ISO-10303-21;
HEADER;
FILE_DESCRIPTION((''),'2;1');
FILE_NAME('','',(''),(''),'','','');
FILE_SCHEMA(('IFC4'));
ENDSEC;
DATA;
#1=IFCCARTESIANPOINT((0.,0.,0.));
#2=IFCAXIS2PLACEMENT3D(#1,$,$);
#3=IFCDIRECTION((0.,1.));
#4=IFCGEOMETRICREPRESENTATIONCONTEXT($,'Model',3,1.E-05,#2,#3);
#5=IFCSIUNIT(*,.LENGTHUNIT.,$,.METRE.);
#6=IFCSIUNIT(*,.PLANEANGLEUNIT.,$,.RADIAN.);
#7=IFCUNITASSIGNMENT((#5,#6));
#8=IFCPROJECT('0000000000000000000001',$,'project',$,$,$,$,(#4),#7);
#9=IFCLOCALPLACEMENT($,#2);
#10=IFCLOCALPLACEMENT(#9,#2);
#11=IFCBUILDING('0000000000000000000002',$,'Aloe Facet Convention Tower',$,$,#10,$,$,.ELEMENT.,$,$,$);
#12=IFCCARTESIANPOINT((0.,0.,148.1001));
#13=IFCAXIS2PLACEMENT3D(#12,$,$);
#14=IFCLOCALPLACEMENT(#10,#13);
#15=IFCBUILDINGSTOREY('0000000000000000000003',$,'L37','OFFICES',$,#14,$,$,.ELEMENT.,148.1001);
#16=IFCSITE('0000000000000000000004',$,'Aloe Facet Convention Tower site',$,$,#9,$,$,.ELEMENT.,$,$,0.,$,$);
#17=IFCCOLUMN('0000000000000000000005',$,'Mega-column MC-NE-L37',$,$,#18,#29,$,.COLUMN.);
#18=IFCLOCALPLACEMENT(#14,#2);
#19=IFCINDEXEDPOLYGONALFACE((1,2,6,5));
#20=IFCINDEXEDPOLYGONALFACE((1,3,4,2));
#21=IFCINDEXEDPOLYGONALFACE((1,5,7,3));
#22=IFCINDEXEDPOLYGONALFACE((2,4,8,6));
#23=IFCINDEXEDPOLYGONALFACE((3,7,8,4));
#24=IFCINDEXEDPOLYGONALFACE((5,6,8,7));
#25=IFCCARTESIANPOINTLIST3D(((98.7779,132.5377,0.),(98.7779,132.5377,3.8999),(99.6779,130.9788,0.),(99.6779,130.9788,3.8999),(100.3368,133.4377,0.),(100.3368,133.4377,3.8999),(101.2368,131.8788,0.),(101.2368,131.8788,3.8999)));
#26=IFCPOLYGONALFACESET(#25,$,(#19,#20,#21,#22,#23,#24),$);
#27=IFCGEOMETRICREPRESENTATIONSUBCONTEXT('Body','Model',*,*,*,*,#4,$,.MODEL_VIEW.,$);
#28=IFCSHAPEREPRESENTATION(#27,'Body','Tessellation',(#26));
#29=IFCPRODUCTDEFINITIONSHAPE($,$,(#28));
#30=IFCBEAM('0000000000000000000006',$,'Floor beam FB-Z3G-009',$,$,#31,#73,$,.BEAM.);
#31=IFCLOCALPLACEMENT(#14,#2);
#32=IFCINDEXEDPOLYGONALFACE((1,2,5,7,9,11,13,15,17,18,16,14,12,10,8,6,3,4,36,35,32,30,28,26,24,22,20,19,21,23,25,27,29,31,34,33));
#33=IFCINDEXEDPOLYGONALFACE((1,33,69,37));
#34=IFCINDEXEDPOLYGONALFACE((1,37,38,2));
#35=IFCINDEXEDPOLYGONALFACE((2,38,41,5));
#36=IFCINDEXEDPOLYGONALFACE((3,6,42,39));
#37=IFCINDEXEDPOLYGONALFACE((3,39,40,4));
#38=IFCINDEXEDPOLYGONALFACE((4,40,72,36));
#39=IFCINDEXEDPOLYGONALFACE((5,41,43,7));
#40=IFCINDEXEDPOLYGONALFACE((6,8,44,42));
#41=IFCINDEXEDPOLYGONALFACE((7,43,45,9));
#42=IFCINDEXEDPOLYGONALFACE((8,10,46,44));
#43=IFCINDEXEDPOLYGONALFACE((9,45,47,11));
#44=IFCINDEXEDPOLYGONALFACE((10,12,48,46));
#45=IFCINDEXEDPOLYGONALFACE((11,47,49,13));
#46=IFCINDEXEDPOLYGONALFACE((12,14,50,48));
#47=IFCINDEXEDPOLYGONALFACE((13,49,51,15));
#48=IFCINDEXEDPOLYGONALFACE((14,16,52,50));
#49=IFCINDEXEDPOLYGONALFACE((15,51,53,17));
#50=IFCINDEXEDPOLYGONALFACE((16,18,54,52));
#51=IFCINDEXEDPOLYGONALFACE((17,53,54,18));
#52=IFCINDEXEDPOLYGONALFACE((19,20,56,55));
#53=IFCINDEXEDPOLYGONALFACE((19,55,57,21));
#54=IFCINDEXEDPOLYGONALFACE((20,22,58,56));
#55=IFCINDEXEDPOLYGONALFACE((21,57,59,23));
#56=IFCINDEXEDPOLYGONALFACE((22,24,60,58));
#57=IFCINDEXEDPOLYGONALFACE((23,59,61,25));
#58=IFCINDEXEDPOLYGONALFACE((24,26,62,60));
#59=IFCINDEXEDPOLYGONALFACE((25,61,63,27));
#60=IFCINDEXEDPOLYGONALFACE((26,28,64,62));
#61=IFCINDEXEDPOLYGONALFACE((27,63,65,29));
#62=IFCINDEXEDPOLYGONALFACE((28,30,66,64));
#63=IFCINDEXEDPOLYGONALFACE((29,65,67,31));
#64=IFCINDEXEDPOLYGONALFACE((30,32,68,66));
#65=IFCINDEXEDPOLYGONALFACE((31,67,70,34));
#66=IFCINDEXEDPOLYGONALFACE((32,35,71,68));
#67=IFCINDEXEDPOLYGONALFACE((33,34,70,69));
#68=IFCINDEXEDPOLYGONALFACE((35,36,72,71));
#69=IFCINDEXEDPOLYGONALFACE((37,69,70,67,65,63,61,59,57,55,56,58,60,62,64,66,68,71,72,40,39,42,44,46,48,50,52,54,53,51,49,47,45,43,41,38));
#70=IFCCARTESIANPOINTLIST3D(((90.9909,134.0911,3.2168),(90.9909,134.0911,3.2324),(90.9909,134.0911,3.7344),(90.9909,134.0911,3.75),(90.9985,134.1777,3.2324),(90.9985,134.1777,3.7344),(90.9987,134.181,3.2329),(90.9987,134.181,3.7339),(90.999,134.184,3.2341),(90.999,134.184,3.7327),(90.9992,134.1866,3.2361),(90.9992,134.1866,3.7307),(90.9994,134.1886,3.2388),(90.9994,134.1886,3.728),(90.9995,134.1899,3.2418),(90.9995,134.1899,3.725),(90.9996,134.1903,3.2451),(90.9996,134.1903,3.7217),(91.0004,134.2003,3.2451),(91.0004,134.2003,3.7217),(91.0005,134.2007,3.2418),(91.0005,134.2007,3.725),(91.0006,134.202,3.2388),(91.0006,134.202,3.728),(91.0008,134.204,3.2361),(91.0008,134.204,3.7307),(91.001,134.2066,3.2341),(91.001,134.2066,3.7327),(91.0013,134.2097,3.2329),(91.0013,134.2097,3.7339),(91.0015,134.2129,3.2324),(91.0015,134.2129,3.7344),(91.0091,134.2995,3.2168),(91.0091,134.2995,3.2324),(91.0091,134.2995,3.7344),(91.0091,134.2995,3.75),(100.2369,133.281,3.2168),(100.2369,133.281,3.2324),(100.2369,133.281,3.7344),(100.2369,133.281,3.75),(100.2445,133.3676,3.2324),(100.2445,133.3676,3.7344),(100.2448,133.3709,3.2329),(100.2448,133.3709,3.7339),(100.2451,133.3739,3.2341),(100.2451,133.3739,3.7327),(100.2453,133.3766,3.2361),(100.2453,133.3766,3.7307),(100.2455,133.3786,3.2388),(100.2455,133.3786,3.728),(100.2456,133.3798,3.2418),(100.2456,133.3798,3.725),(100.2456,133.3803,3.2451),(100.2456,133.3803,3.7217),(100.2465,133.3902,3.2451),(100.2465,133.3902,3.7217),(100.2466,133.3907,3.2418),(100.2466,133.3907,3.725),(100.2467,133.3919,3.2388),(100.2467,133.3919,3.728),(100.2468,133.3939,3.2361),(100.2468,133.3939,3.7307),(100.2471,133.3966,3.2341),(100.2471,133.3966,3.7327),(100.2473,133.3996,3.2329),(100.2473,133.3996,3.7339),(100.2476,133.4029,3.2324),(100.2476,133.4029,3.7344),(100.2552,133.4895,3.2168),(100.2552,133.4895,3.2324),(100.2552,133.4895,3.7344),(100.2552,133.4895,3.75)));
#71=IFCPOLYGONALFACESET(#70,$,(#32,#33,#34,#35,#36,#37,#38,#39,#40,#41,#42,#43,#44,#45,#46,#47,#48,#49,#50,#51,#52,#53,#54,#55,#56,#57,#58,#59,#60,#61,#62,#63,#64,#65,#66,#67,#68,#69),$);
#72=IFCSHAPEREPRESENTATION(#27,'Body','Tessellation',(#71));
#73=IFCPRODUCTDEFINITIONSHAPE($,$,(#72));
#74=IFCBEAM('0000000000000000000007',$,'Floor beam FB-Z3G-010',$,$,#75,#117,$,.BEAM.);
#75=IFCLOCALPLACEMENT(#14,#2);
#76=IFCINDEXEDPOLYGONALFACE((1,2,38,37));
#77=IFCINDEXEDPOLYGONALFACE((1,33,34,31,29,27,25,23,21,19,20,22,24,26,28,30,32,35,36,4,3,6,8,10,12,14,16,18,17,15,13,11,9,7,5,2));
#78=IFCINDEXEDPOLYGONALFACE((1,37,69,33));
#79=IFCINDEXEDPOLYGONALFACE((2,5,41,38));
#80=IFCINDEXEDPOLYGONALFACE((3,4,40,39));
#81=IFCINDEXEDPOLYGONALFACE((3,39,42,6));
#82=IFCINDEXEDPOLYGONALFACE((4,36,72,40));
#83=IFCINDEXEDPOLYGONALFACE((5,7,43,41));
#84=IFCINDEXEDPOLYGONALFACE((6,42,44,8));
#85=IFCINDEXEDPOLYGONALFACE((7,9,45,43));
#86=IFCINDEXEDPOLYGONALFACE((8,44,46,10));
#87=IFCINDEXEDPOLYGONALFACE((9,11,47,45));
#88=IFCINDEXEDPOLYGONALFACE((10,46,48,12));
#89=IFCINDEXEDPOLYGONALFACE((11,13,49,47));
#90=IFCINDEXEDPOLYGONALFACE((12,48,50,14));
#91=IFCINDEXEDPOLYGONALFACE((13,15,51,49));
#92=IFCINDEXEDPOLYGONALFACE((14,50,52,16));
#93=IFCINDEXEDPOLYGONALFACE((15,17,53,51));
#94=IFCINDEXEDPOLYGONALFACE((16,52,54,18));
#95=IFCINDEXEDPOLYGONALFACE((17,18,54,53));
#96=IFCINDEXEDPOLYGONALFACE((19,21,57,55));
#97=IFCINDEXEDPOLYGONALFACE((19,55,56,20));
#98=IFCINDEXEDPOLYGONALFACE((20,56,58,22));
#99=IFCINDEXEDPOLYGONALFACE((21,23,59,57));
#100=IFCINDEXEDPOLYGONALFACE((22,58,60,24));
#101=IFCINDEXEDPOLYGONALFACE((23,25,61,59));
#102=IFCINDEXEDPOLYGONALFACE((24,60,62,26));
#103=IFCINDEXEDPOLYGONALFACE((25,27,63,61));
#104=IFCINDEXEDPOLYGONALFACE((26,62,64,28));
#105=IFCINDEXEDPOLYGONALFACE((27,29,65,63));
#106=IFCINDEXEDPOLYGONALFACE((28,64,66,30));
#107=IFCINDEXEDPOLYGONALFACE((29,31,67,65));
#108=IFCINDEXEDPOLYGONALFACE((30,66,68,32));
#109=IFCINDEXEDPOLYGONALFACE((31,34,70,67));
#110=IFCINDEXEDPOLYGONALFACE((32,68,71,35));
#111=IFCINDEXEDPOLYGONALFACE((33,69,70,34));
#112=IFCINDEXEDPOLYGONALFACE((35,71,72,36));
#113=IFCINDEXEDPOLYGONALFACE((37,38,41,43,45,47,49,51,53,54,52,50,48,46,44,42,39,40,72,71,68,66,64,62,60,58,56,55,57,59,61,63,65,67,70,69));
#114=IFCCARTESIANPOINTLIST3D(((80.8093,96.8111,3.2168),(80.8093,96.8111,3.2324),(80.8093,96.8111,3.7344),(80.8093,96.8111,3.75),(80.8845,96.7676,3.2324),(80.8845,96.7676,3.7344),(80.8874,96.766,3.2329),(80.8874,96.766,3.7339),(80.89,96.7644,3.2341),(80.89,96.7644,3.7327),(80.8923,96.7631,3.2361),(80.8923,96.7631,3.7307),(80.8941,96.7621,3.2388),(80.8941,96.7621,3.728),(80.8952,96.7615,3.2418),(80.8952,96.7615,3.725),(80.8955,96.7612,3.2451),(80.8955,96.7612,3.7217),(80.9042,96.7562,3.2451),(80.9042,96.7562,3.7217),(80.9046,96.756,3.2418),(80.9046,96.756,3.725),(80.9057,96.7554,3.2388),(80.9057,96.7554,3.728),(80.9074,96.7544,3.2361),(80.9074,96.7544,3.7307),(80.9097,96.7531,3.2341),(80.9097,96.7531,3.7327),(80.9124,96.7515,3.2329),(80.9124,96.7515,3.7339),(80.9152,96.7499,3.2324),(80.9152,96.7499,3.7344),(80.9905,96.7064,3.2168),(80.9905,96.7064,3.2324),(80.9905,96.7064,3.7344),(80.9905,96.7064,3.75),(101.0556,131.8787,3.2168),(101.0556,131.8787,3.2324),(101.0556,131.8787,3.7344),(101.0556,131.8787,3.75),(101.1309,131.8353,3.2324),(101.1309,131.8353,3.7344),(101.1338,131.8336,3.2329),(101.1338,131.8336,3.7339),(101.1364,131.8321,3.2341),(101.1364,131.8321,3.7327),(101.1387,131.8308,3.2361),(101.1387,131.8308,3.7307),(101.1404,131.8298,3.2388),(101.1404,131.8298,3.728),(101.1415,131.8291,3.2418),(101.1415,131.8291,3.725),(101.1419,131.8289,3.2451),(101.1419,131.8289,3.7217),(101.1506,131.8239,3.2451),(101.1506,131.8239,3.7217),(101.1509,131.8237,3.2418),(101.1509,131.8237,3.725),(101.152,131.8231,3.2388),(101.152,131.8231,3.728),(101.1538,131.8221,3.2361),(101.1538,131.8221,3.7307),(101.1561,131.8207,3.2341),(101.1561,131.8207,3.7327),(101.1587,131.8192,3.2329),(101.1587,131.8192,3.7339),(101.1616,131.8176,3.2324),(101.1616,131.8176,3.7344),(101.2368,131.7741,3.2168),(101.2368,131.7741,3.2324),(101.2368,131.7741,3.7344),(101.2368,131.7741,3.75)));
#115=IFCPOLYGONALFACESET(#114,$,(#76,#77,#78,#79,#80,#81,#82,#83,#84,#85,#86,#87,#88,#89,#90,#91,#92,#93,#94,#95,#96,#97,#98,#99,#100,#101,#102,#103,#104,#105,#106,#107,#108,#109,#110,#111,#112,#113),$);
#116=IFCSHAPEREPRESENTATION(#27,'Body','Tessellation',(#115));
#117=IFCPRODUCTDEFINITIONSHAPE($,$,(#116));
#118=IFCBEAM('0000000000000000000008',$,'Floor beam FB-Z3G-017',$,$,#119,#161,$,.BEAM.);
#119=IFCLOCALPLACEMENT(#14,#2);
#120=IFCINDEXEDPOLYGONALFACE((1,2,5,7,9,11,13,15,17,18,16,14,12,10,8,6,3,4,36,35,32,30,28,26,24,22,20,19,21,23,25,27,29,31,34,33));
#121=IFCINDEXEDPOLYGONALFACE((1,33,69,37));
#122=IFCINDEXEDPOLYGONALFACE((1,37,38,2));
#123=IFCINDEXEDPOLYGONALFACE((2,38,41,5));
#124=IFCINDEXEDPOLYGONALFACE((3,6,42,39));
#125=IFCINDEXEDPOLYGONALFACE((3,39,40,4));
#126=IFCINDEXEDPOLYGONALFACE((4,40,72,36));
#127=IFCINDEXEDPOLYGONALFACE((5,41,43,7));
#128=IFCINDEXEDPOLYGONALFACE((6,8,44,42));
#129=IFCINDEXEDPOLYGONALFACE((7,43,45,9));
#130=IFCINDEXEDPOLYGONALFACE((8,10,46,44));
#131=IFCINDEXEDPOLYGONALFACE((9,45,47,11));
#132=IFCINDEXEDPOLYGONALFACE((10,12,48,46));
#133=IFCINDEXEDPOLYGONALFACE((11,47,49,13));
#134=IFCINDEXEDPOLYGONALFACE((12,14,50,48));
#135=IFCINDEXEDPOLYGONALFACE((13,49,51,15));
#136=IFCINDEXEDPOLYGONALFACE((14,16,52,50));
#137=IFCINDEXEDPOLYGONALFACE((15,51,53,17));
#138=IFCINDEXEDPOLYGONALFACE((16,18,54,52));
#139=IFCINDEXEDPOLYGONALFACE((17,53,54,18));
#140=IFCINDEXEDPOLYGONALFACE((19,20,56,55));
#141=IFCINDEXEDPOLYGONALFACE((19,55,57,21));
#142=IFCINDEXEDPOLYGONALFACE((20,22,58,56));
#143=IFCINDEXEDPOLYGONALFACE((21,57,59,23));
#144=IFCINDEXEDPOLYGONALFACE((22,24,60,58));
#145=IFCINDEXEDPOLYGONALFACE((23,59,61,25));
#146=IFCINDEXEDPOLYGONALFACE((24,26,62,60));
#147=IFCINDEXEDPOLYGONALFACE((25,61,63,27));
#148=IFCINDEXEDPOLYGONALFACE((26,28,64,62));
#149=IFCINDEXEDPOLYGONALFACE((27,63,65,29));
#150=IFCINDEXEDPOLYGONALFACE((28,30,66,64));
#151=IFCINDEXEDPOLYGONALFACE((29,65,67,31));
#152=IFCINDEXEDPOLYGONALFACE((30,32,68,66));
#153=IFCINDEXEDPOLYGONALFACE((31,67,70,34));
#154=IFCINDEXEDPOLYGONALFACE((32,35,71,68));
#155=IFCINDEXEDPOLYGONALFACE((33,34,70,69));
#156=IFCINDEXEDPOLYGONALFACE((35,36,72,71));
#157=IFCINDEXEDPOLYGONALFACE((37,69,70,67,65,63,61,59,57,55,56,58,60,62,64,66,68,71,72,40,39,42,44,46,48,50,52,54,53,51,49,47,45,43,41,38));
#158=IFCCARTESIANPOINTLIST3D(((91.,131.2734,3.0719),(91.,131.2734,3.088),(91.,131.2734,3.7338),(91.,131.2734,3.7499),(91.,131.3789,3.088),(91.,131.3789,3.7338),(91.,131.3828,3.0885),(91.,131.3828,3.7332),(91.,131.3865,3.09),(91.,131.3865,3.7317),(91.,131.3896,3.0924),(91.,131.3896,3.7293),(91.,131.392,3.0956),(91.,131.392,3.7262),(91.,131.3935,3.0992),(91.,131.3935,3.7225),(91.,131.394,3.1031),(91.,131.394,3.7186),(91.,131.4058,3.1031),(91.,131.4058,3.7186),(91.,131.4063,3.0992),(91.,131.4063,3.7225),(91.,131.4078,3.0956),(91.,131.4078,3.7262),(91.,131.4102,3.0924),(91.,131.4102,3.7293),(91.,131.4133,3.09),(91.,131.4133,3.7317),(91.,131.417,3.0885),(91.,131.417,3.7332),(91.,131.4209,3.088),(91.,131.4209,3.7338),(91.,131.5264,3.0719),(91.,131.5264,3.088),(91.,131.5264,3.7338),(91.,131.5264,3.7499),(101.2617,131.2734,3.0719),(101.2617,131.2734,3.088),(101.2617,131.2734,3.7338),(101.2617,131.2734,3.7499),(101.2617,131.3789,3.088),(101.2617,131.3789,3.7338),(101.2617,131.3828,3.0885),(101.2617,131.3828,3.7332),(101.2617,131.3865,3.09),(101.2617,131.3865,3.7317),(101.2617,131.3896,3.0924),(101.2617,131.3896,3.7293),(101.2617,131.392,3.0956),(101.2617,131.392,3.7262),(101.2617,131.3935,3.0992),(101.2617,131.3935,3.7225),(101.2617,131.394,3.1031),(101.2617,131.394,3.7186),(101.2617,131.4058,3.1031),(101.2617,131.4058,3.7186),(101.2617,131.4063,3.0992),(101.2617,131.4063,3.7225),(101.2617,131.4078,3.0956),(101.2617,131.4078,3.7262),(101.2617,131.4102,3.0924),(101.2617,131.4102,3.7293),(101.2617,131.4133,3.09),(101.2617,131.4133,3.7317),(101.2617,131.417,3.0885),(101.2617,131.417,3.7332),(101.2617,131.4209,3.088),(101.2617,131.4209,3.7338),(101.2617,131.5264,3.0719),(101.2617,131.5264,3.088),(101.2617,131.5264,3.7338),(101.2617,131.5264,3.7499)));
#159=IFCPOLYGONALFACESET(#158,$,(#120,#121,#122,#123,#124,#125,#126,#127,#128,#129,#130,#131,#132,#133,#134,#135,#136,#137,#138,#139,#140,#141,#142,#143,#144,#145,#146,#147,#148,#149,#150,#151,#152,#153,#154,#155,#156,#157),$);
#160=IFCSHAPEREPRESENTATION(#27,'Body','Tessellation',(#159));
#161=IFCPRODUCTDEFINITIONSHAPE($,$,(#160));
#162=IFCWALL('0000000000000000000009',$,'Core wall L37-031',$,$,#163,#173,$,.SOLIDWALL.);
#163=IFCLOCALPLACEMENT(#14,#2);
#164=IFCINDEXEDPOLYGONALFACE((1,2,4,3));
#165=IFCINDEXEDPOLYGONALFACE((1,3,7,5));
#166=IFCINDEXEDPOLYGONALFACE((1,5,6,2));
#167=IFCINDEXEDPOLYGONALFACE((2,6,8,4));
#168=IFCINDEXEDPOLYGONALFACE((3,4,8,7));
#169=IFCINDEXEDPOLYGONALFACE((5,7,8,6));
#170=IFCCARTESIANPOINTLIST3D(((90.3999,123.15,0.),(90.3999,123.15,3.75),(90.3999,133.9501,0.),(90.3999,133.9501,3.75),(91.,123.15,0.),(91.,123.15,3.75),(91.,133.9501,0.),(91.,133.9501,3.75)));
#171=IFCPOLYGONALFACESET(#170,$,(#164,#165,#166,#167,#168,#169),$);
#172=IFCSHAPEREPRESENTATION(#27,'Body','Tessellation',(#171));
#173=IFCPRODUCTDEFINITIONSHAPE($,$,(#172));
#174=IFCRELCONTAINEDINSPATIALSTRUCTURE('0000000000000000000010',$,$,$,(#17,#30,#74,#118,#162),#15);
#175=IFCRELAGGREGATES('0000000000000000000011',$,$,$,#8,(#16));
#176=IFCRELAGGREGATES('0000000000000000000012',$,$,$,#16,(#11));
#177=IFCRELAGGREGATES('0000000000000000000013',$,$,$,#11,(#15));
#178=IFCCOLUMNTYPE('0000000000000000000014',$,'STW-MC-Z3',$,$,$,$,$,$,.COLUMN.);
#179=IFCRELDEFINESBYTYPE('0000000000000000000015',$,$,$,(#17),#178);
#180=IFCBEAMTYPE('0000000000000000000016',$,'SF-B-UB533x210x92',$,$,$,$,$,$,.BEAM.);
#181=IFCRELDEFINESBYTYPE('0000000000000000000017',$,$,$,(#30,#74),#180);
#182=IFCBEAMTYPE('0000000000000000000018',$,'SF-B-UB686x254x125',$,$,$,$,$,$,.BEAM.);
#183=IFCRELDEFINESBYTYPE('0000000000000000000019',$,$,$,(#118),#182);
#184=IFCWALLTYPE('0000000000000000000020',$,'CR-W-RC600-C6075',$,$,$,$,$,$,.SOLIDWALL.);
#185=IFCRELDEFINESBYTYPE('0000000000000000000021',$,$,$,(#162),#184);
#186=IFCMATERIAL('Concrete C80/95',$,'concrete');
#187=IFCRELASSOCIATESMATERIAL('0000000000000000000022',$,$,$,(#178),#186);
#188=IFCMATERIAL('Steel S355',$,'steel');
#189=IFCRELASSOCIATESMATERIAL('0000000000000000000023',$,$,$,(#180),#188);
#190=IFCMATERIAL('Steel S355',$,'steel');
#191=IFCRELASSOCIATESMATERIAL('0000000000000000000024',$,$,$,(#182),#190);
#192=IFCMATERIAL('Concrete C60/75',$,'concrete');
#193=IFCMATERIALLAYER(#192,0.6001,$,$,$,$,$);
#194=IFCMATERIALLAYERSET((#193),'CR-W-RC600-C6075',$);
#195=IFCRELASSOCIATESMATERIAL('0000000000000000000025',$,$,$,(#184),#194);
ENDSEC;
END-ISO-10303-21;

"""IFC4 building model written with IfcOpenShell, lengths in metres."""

from ifc_helpers import new_model, si_unit, direction, frame, frame_2d, origin, origin_2d, place, context, subcontext, project, spatial, rectangle, i_section, extrude, material, layer, layer_set, material_profile, profile_set, type_object, element, save


model = new_model("IFC4")

# Units and contexts
model_context = context("Model", 3, precision=1e-05, world=origin(), true_north=direction((0.0, 1.0)))
body_context = subcontext(model_context, "Body", "Model", "MODEL_VIEW")
ifc_project = project(units=[si_unit("LENGTHUNIT", "METRE"), si_unit("PLANEANGLEUNIT", "RADIAN")], contexts=[model_context])

# Site, building, storey
site_placement = place(None, origin())
site = spatial("IfcSite", under=ifc_project, at=site_placement, Name="Aloe Facet Convention Tower site", CompositionType="ELEMENT", RefElevation=0.0)
building_placement = place(site_placement, origin())
building = spatial("IfcBuilding", under=site, at=building_placement, Name="Aloe Facet Convention Tower", CompositionType="ELEMENT")
storey_placement = place(building_placement, frame((0.0, 0.0, 148.1001)))
storey = spatial("IfcBuildingStorey", under=building, at=storey_placement, Name="L37", Description="OFFICES", CompositionType="ELEMENT", Elevation=148.1001)

# Column
ifc_material_1 = material(Name="Concrete C80/95", Category="concrete")
ifc_material_profile_1 = material_profile(ifc_material_1, rectangle(XDim=1.8, YDim=1.8, at=origin_2d()), Name="STW-MC-Z3")
ifc_profile_set_1 = profile_set([ifc_material_profile_1], Name="Concrete C80/95")
column_type = type_object("IfcColumnType", Name="STW-MC-Z3", PredefinedType="COLUMN", material=ifc_profile_set_1)
column_placement = place(storey_placement, frame((100.0073, 132.2083, 0.0), z_axis=(0.0, 0.0, 1.0), x_axis=(-0.5, 0.866025, 0.0)))
element("IfcColumn", 1, at=column_placement, inside=storey, type_object=column_type, Name="Mega-column MC-NE-L37", PredefinedType="COLUMN", context=body_context, shape_type="SweptSolid", body=[
    extrude(rectangle(XDim=1.8, YDim=1.8, at=origin_2d()), origin(), (0.0, 0.0, 1.0), 3.8999),
])

# Beams
ifc_material_2 = material(Name="Steel S355", Category="steel")
ifc_material_profile_2 = material_profile(ifc_material_2, i_section(OverallWidth=0.2092, OverallDepth=0.5332, WebThickness=0.01, FlangeThickness=0.0156, FilletRadius=0.0127, at=origin_2d()), Name="UB 533x210x92")
ifc_profile_set_2 = profile_set([ifc_material_profile_2], Name="Steel S355")
beam_type_1 = type_object("IfcBeamType", Name="SF-B-UB533x210x92", PredefinedType="BEAM", material=ifc_profile_set_2)
beam_1_placement = place(storey_placement, frame((91.0, 134.1953, 3.4834), z_axis=(0.996184, -0.087277, 0.0), x_axis=(0.087277, 0.996184, 0.0)))
element("IfcBeam", 2, at=beam_1_placement, inside=storey, type_object=beam_type_1, Name="Floor beam FB-Z3G-009", PredefinedType="BEAM", context=body_context, shape_type="SweptSolid", body=[
    extrude(i_section(OverallWidth=0.2092, OverallDepth=0.5332, WebThickness=0.01, FlangeThickness=0.0156, FilletRadius=0.0127, at=origin_2d()), origin(), (0.0, 0.0, 1.0), 9.2815),
])
beam_2_placement = place(storey_placement, frame((101.1462, 131.8264, 3.4834), z_axis=(-0.500001, -0.866025, 0.0), x_axis=(0.866025, -0.500001, 0.0)))
element("IfcBeam", 3, at=beam_2_placement, inside=storey, type_object=beam_type_1, Name="Floor beam FB-Z3G-010", PredefinedType="BEAM", context=body_context, shape_type="SweptSolid", body=[
    extrude(i_section(OverallWidth=0.2092, OverallDepth=0.5332, WebThickness=0.01, FlangeThickness=0.0156, FilletRadius=0.0127, at=origin_2d()), origin(), (0.0, 0.0, 1.0), 40.4927),
])
ifc_material_3 = material(Name="Steel S355", Category="steel")
ifc_material_profile_3 = material_profile(ifc_material_3, i_section(OverallWidth=0.2529, OverallDepth=0.678, WebThickness=0.0117, FlangeThickness=0.0161, FilletRadius=0.0151, at=origin_2d()), Name="UB 686x254x125")
ifc_profile_set_3 = profile_set([ifc_material_profile_3], Name="Steel S355")
beam_type_2 = type_object("IfcBeamType", Name="SF-B-UB686x254x125", PredefinedType="BEAM", material=ifc_profile_set_3)
beam_3_placement = place(storey_placement, frame((91.0, 131.3999, 3.4109), z_axis=(1.0, 0.0, 0.0), x_axis=(0.0, 1.0, 0.0)))
element("IfcBeam", 4, at=beam_3_placement, inside=storey, type_object=beam_type_2, Name="Floor beam FB-Z3G-017", PredefinedType="BEAM", context=body_context, shape_type="SweptSolid", body=[
    extrude(i_section(OverallWidth=0.2529, OverallDepth=0.678, WebThickness=0.0117, FlangeThickness=0.0161, FilletRadius=0.0151, at=origin_2d()), origin(), (0.0, 0.0, 1.0), 10.2617),
])

# Wall
ifc_material_4 = material(Name="Concrete C60/75", Category="concrete")
ifc_layer_1 = layer(ifc_material_4, 0.6001)
ifc_layer_set_1 = layer_set([ifc_layer_1], Name="CR-W-RC600-C6075")
wall_type_1 = type_object("IfcWallType", Name="CR-W-RC600-C6075", PredefinedType="SOLIDWALL", material=ifc_layer_set_1)
wall_1_placement = place(storey_placement, frame((90.7, 133.95, 0.0), z_axis=(0.0, 0.0, 1.0), x_axis=(0.0, -1.0, 0.0)))
element("IfcWall", 5, at=wall_1_placement, inside=storey, type_object=wall_type_1, Name="Core wall L37-031", PredefinedType="SOLIDWALL", context=body_context, shape_type="SweptSolid", body=[
    extrude(rectangle(XDim=10.8, YDim=0.6001, at=frame_2d((5.3999, 0.0))), origin(), (0.0, 0.0, 1.0), 3.75),
])

save(model, "model.ifc")
